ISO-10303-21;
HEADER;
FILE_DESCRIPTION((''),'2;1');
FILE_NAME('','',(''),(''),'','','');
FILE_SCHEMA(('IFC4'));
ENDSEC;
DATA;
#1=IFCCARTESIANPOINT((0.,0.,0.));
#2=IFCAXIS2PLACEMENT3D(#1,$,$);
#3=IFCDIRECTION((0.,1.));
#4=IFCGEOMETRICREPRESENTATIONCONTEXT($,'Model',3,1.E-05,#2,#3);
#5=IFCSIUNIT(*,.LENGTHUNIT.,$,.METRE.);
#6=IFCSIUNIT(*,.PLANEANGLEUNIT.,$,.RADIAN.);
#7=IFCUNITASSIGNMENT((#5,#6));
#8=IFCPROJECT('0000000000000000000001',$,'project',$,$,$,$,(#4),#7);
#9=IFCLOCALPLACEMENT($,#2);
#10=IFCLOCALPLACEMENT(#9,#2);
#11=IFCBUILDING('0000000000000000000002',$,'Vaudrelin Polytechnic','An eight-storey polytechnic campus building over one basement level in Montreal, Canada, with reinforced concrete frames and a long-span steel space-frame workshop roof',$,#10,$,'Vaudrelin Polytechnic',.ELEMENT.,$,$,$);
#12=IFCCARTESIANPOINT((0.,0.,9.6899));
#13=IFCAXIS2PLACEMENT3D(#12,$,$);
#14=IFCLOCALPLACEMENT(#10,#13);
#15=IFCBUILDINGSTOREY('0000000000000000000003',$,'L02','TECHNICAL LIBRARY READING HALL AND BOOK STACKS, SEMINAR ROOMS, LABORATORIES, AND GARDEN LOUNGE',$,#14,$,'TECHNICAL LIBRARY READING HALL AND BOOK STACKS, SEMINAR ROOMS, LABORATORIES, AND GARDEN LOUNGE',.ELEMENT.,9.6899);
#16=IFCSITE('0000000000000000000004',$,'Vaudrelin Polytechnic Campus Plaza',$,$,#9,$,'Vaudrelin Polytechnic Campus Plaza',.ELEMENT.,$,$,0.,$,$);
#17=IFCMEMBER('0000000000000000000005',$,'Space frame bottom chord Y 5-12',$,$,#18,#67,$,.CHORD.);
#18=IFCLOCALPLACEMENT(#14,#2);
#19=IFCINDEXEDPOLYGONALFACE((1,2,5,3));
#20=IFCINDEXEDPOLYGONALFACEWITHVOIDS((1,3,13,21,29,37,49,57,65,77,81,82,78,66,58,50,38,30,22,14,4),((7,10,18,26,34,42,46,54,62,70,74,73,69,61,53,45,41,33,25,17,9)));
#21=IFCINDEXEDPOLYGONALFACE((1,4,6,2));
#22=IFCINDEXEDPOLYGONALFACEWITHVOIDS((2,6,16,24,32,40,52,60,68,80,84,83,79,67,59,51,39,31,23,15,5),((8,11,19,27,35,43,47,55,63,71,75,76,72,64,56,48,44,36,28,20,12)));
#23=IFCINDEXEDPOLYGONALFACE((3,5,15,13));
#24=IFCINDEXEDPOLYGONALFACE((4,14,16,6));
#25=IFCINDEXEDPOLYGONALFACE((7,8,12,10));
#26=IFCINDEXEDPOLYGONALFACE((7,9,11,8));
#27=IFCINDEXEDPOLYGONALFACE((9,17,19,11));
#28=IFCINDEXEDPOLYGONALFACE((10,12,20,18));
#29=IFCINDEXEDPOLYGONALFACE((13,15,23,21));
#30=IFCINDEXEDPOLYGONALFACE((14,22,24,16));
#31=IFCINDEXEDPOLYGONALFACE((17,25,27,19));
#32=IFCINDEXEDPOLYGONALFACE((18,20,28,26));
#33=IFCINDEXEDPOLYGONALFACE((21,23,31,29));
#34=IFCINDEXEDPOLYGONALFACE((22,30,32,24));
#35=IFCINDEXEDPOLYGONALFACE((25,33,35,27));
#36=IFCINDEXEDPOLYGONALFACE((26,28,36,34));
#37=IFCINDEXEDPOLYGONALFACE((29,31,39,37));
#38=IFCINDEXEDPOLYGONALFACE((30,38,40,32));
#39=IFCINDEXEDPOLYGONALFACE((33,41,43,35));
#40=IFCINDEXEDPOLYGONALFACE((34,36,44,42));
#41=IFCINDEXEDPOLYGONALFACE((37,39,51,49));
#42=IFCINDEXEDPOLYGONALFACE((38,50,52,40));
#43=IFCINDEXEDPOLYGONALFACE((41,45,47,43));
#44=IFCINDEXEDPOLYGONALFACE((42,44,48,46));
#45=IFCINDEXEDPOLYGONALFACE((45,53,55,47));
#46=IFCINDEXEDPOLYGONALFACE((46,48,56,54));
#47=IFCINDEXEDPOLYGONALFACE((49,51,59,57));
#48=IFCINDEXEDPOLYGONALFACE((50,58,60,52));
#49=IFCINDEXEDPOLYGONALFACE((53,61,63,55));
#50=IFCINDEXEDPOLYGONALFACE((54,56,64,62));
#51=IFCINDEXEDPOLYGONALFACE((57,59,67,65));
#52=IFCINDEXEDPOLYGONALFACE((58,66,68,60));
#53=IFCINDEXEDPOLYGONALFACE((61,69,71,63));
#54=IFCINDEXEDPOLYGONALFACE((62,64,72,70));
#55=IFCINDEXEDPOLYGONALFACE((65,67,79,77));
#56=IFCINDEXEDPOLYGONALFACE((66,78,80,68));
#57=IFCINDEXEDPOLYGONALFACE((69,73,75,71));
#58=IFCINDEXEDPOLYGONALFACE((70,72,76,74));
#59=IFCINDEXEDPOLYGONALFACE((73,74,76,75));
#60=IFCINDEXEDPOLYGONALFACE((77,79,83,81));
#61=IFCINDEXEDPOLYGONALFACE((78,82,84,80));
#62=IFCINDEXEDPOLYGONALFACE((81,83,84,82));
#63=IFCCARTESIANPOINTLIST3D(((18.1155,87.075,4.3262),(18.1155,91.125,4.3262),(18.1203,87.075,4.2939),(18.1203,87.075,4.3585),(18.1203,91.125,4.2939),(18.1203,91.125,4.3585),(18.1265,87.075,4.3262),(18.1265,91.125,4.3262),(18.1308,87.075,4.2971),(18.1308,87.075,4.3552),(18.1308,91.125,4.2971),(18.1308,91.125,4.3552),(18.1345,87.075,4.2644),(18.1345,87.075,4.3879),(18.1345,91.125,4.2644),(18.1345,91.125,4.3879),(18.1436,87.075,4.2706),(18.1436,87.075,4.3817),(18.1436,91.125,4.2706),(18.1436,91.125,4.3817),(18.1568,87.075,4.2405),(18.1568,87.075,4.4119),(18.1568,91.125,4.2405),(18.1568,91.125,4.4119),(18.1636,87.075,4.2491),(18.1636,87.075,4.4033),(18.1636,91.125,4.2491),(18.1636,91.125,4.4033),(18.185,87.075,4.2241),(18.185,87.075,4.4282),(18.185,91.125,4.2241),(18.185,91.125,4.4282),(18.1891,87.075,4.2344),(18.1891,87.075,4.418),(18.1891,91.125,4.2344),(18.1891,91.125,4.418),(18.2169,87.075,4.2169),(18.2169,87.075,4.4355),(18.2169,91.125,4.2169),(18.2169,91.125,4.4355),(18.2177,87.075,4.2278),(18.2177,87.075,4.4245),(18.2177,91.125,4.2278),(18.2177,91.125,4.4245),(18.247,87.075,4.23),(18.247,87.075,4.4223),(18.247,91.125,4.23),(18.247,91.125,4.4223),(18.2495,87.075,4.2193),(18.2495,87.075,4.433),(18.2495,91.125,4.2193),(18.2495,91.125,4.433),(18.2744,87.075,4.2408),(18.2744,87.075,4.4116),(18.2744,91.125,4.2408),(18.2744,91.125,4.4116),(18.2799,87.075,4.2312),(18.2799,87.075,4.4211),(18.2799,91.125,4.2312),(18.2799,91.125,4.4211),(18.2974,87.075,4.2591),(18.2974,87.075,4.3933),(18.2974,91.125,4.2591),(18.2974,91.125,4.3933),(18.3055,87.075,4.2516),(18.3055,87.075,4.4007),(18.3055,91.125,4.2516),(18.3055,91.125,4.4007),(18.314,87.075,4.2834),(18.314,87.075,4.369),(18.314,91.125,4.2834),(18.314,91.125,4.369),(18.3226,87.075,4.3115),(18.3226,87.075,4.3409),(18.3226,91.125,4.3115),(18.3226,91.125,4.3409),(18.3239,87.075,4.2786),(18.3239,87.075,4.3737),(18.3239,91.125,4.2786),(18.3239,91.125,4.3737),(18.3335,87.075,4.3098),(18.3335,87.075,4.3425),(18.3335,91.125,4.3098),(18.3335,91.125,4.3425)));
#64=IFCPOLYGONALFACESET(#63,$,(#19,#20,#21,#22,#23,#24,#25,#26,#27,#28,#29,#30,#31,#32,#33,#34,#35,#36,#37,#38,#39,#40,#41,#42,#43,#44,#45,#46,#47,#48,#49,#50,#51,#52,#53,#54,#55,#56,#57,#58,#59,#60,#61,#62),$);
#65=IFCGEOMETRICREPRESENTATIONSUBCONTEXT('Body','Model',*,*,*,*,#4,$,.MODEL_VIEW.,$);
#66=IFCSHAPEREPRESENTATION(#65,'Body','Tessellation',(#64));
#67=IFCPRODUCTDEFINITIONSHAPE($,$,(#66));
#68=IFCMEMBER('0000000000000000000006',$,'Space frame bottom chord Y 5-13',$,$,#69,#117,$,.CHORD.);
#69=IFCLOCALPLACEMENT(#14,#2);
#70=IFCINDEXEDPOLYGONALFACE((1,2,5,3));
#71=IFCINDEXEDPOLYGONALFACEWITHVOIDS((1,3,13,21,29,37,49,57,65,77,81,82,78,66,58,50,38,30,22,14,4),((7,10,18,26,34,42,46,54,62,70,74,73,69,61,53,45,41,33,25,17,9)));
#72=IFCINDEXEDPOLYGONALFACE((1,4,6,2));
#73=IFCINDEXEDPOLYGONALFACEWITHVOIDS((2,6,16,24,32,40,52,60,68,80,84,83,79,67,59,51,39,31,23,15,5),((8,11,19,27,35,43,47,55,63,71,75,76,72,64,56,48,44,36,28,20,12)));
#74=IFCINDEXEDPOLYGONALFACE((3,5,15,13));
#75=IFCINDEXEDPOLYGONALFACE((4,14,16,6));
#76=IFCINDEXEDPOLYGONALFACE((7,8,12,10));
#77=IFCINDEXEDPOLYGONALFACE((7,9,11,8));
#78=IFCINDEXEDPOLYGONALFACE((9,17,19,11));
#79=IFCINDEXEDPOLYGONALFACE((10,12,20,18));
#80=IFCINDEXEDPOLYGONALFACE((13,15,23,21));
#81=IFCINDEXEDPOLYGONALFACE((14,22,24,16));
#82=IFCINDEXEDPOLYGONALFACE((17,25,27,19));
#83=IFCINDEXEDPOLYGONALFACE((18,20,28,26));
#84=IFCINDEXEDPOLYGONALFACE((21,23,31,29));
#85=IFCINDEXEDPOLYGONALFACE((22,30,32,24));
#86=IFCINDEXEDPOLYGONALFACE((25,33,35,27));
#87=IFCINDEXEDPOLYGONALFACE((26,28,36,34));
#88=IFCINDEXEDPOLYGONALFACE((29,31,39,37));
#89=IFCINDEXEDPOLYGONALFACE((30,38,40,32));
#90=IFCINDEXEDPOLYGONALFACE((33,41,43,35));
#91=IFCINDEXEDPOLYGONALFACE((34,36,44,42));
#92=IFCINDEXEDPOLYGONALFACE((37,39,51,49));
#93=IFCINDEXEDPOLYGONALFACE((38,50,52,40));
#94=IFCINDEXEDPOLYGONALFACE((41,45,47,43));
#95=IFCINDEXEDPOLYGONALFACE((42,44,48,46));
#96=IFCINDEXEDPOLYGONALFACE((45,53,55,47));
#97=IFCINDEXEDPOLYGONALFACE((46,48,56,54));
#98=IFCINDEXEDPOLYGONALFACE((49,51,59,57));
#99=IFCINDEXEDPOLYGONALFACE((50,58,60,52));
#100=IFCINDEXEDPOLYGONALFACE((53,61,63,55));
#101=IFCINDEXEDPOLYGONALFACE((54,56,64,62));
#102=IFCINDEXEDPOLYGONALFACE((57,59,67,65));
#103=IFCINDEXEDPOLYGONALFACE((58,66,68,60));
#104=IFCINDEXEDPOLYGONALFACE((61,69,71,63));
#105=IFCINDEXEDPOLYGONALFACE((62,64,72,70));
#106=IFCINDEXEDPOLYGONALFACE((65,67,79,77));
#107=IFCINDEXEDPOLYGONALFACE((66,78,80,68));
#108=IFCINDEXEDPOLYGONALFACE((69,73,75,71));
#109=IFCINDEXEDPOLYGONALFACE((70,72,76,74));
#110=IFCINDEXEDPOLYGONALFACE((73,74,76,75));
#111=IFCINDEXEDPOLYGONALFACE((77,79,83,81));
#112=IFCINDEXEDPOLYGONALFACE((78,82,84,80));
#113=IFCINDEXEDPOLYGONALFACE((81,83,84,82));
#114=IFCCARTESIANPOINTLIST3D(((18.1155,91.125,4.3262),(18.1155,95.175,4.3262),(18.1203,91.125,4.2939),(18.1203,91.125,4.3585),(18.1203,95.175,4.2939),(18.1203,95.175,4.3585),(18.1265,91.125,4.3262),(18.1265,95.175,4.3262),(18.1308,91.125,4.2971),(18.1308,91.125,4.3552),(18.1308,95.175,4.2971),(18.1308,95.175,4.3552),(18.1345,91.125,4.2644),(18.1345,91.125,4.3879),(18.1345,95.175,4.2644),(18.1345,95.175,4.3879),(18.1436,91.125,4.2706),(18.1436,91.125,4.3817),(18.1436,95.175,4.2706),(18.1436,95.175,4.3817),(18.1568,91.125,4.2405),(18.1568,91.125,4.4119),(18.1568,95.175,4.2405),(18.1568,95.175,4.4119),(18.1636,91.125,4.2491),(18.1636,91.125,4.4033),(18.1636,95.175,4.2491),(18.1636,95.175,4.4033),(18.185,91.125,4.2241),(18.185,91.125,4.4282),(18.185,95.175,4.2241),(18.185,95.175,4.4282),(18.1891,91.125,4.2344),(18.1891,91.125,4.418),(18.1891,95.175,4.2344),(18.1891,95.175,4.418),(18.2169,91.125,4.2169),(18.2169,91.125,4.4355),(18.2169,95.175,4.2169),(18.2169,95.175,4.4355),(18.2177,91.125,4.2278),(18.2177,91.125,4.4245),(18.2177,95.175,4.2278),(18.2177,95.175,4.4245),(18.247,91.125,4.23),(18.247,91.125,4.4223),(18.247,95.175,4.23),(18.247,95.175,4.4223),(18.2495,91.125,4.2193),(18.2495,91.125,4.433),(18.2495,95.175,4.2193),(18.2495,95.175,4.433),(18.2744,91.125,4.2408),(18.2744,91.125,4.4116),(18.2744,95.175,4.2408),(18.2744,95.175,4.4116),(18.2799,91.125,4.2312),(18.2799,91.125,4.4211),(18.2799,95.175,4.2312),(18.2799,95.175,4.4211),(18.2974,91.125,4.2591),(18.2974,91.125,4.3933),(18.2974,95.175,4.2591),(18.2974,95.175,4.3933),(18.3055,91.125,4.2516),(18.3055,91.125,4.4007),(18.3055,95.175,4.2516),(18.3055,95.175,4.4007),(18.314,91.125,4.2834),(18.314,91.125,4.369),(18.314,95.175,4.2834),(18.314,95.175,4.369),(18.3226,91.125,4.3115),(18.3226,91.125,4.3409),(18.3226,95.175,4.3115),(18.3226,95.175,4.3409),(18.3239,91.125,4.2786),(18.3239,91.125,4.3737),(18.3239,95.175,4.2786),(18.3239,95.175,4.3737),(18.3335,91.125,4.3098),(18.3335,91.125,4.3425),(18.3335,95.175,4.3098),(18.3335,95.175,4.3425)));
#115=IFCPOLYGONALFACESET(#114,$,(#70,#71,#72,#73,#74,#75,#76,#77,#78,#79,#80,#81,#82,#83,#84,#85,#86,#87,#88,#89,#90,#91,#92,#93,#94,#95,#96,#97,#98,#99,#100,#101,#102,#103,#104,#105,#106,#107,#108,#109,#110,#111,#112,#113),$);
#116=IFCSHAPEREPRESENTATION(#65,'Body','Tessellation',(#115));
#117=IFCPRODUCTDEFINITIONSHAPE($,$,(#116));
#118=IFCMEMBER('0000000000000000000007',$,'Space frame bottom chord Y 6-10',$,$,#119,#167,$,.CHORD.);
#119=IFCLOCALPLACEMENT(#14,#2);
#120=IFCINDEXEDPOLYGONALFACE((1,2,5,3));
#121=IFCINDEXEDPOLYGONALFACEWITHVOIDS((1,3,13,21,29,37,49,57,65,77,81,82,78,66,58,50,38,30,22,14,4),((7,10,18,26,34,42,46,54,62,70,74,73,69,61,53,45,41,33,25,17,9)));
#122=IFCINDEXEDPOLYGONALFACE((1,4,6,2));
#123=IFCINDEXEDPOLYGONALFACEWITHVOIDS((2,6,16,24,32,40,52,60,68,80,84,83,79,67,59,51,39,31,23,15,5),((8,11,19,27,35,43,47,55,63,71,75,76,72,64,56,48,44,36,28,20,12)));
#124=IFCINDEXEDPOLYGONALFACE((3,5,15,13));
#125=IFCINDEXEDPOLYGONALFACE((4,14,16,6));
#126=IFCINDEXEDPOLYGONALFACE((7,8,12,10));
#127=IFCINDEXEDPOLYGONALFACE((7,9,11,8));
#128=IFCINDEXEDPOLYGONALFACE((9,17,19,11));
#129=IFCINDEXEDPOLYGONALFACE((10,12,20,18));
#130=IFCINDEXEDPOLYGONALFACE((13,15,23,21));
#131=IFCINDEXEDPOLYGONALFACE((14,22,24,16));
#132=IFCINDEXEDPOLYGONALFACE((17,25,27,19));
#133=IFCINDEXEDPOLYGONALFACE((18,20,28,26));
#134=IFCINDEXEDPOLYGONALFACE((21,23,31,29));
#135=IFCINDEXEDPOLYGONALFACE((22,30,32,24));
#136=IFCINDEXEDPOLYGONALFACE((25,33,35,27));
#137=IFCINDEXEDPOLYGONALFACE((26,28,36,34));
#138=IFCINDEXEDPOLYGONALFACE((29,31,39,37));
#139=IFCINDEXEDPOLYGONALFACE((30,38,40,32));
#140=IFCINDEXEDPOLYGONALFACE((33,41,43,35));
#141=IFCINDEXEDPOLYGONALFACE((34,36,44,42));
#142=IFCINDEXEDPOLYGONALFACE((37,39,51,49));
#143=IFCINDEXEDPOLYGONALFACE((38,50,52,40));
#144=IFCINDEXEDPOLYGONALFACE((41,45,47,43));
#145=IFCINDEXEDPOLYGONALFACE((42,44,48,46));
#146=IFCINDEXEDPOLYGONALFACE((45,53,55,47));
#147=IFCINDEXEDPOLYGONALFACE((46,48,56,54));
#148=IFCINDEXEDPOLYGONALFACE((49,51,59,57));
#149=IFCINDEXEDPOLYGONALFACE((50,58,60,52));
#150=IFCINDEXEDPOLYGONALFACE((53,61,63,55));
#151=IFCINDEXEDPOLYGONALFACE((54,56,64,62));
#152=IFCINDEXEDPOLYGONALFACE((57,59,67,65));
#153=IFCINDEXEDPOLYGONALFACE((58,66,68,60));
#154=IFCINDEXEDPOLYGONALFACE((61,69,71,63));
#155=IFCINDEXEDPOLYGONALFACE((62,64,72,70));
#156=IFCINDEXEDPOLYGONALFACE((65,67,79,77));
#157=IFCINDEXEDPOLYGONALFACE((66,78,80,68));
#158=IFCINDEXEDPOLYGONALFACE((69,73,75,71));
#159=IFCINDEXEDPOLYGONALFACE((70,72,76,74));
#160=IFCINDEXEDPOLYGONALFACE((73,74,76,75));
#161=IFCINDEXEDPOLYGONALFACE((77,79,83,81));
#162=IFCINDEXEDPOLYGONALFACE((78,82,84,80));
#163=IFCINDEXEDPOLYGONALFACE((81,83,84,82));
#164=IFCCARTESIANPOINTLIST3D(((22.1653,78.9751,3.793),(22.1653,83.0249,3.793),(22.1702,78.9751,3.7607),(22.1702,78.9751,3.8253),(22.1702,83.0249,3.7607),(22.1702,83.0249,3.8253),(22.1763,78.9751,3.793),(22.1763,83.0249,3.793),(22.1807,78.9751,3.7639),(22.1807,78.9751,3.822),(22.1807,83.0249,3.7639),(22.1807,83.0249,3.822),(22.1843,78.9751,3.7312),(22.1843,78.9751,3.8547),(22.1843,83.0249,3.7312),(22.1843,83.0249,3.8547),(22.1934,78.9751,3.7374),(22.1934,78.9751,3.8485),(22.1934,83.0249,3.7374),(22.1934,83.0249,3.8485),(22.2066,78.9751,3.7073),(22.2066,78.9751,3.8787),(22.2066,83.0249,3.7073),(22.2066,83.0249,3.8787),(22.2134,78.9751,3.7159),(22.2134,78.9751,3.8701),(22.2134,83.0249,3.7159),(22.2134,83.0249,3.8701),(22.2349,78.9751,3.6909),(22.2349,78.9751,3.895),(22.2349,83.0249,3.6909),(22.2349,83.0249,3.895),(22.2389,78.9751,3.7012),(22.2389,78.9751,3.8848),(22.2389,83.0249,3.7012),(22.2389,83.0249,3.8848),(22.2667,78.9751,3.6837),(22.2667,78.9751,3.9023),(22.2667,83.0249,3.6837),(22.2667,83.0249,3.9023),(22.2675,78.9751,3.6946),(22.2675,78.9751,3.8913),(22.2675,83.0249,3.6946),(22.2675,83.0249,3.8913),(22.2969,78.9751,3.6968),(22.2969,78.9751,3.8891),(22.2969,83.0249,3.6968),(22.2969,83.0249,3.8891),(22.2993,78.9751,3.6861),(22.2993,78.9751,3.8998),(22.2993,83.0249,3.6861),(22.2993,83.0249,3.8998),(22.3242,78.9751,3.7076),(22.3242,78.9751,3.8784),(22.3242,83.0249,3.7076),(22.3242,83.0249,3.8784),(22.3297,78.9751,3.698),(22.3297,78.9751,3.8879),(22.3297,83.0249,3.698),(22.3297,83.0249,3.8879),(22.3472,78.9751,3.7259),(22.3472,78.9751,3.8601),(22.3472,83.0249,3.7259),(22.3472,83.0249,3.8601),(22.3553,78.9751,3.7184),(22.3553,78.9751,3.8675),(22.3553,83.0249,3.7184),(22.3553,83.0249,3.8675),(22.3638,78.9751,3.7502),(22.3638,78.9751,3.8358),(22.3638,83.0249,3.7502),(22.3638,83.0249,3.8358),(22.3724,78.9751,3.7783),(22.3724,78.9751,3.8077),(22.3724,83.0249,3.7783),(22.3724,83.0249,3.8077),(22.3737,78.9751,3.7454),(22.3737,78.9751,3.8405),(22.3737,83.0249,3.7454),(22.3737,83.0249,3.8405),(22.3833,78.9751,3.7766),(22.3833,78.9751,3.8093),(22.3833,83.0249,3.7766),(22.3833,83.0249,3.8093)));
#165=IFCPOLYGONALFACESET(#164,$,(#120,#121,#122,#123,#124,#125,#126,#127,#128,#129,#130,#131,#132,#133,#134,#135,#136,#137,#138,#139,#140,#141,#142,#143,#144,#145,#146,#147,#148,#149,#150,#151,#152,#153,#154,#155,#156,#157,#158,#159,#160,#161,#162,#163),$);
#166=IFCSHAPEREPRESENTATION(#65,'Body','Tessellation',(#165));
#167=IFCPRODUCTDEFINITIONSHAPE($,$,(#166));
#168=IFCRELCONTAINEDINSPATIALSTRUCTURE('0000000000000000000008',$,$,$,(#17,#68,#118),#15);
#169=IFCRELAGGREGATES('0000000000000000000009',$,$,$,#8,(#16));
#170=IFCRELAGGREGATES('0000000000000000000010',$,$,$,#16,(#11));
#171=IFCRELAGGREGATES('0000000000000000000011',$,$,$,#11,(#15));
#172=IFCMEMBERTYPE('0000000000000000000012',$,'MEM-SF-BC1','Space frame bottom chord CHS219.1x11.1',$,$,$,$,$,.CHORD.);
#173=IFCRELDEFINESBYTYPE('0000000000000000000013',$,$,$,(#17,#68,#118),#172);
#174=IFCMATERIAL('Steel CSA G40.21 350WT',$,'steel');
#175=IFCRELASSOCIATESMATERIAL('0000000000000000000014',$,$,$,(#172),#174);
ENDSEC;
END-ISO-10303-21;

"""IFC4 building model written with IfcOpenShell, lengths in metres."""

from ifc_helpers import new_model, si_unit, direction, frame, origin, origin_2d, place, context, subcontext, project, spatial, hollow_circle, extrude, material, material_profile, profile_set, type_object, element, save


model = new_model("IFC4")

# Units and contexts
model_context = context("Model", 3, precision=1e-05, world=origin(), true_north=direction((0.0, 1.0)))
body_context = subcontext(model_context, "Body", "Model", "MODEL_VIEW")
ifc_project = project(units=[si_unit("LENGTHUNIT", "METRE"), si_unit("PLANEANGLEUNIT", "RADIAN")], contexts=[model_context])

# Site, building, storey
site_placement = place(None, origin())
site = spatial("IfcSite", under=ifc_project, at=site_placement, Name="Vaudrelin Polytechnic Campus Plaza", LongName="Vaudrelin Polytechnic Campus Plaza", CompositionType="ELEMENT", RefElevation=0.0)
building_placement = place(site_placement, origin())
building = spatial("IfcBuilding", under=site, at=building_placement, Name="Vaudrelin Polytechnic", Description="An eight-storey polytechnic campus building over one basement level in Montreal, Canada, with reinforced concrete frames and a long-span steel space-frame workshop roof", LongName="Vaudrelin Polytechnic", CompositionType="ELEMENT")
storey_placement = place(building_placement, frame((0.0, 0.0, 9.6899)))
storey = spatial("IfcBuildingStorey", under=building, at=storey_placement, Name="L02", Description="TECHNICAL LIBRARY READING HALL AND BOOK STACKS, SEMINAR ROOMS, LABORATORIES, AND GARDEN LOUNGE", LongName="TECHNICAL LIBRARY READING HALL AND BOOK STACKS, SEMINAR ROOMS, LABORATORIES, AND GARDEN LOUNGE", CompositionType="ELEMENT", Elevation=9.6899)

# Shared definitions
ifc_material_1 = material(Name="Steel CSA G40.21 350WT", Category="steel")

# Members
ifc_material_profile_1 = material_profile(ifc_material_1, hollow_circle(Radius=0.1096, WallThickness=0.011, at=origin_2d()), Name="CHS219.1x11.1")
ifc_profile_set_1 = profile_set([ifc_material_profile_1], Name="Steel CSA G40.21 350WT")
member_type_1 = type_object("IfcMemberType", Name="MEM-SF-BC1", Description="Space frame bottom chord CHS219.1x11.1", PredefinedType="CHORD", material=ifc_profile_set_1)
for number, where, z_axis, x_axis, name in (
    (1, (18.2251, 87.075, 4.3262), (0.0, 1.0, 0.0), (-1.0, 0.0, 0.0), "Space frame bottom chord Y 5-12"),
    (2, (18.2251, 91.125, 4.3262), (0.0, 1.0, 0.0), (-1.0, 0.0, 0.0), "Space frame bottom chord Y 5-13"),
):
    element("IfcMember", number, at=place(storey_placement, frame(where, z_axis=z_axis, x_axis=x_axis)), inside=storey, type_object=member_type_1, Name=name, PredefinedType="CHORD", context=body_context, shape_type="SweptSolid", body=[
        extrude(hollow_circle(Radius=0.1096, WallThickness=0.011, at=origin_2d()), origin(), (0.0, 0.0, 1.0), 4.05),
    ])
member_1_placement = place(storey_placement, frame((22.2749, 78.9751, 3.793), z_axis=(0.0, 1.0, 0.0), x_axis=(-1.0, 0.0, 0.0)))
element("IfcMember", 3, at=member_1_placement, inside=storey, type_object=member_type_1, Name="Space frame bottom chord Y 6-10", PredefinedType="CHORD", context=body_context, shape_type="SweptSolid", body=[
    extrude(hollow_circle(Radius=0.1096, WallThickness=0.011, at=origin_2d()), origin(), (0.0, 0.0, 1.0), 4.0498),
])

save(model, "model.ifc")
